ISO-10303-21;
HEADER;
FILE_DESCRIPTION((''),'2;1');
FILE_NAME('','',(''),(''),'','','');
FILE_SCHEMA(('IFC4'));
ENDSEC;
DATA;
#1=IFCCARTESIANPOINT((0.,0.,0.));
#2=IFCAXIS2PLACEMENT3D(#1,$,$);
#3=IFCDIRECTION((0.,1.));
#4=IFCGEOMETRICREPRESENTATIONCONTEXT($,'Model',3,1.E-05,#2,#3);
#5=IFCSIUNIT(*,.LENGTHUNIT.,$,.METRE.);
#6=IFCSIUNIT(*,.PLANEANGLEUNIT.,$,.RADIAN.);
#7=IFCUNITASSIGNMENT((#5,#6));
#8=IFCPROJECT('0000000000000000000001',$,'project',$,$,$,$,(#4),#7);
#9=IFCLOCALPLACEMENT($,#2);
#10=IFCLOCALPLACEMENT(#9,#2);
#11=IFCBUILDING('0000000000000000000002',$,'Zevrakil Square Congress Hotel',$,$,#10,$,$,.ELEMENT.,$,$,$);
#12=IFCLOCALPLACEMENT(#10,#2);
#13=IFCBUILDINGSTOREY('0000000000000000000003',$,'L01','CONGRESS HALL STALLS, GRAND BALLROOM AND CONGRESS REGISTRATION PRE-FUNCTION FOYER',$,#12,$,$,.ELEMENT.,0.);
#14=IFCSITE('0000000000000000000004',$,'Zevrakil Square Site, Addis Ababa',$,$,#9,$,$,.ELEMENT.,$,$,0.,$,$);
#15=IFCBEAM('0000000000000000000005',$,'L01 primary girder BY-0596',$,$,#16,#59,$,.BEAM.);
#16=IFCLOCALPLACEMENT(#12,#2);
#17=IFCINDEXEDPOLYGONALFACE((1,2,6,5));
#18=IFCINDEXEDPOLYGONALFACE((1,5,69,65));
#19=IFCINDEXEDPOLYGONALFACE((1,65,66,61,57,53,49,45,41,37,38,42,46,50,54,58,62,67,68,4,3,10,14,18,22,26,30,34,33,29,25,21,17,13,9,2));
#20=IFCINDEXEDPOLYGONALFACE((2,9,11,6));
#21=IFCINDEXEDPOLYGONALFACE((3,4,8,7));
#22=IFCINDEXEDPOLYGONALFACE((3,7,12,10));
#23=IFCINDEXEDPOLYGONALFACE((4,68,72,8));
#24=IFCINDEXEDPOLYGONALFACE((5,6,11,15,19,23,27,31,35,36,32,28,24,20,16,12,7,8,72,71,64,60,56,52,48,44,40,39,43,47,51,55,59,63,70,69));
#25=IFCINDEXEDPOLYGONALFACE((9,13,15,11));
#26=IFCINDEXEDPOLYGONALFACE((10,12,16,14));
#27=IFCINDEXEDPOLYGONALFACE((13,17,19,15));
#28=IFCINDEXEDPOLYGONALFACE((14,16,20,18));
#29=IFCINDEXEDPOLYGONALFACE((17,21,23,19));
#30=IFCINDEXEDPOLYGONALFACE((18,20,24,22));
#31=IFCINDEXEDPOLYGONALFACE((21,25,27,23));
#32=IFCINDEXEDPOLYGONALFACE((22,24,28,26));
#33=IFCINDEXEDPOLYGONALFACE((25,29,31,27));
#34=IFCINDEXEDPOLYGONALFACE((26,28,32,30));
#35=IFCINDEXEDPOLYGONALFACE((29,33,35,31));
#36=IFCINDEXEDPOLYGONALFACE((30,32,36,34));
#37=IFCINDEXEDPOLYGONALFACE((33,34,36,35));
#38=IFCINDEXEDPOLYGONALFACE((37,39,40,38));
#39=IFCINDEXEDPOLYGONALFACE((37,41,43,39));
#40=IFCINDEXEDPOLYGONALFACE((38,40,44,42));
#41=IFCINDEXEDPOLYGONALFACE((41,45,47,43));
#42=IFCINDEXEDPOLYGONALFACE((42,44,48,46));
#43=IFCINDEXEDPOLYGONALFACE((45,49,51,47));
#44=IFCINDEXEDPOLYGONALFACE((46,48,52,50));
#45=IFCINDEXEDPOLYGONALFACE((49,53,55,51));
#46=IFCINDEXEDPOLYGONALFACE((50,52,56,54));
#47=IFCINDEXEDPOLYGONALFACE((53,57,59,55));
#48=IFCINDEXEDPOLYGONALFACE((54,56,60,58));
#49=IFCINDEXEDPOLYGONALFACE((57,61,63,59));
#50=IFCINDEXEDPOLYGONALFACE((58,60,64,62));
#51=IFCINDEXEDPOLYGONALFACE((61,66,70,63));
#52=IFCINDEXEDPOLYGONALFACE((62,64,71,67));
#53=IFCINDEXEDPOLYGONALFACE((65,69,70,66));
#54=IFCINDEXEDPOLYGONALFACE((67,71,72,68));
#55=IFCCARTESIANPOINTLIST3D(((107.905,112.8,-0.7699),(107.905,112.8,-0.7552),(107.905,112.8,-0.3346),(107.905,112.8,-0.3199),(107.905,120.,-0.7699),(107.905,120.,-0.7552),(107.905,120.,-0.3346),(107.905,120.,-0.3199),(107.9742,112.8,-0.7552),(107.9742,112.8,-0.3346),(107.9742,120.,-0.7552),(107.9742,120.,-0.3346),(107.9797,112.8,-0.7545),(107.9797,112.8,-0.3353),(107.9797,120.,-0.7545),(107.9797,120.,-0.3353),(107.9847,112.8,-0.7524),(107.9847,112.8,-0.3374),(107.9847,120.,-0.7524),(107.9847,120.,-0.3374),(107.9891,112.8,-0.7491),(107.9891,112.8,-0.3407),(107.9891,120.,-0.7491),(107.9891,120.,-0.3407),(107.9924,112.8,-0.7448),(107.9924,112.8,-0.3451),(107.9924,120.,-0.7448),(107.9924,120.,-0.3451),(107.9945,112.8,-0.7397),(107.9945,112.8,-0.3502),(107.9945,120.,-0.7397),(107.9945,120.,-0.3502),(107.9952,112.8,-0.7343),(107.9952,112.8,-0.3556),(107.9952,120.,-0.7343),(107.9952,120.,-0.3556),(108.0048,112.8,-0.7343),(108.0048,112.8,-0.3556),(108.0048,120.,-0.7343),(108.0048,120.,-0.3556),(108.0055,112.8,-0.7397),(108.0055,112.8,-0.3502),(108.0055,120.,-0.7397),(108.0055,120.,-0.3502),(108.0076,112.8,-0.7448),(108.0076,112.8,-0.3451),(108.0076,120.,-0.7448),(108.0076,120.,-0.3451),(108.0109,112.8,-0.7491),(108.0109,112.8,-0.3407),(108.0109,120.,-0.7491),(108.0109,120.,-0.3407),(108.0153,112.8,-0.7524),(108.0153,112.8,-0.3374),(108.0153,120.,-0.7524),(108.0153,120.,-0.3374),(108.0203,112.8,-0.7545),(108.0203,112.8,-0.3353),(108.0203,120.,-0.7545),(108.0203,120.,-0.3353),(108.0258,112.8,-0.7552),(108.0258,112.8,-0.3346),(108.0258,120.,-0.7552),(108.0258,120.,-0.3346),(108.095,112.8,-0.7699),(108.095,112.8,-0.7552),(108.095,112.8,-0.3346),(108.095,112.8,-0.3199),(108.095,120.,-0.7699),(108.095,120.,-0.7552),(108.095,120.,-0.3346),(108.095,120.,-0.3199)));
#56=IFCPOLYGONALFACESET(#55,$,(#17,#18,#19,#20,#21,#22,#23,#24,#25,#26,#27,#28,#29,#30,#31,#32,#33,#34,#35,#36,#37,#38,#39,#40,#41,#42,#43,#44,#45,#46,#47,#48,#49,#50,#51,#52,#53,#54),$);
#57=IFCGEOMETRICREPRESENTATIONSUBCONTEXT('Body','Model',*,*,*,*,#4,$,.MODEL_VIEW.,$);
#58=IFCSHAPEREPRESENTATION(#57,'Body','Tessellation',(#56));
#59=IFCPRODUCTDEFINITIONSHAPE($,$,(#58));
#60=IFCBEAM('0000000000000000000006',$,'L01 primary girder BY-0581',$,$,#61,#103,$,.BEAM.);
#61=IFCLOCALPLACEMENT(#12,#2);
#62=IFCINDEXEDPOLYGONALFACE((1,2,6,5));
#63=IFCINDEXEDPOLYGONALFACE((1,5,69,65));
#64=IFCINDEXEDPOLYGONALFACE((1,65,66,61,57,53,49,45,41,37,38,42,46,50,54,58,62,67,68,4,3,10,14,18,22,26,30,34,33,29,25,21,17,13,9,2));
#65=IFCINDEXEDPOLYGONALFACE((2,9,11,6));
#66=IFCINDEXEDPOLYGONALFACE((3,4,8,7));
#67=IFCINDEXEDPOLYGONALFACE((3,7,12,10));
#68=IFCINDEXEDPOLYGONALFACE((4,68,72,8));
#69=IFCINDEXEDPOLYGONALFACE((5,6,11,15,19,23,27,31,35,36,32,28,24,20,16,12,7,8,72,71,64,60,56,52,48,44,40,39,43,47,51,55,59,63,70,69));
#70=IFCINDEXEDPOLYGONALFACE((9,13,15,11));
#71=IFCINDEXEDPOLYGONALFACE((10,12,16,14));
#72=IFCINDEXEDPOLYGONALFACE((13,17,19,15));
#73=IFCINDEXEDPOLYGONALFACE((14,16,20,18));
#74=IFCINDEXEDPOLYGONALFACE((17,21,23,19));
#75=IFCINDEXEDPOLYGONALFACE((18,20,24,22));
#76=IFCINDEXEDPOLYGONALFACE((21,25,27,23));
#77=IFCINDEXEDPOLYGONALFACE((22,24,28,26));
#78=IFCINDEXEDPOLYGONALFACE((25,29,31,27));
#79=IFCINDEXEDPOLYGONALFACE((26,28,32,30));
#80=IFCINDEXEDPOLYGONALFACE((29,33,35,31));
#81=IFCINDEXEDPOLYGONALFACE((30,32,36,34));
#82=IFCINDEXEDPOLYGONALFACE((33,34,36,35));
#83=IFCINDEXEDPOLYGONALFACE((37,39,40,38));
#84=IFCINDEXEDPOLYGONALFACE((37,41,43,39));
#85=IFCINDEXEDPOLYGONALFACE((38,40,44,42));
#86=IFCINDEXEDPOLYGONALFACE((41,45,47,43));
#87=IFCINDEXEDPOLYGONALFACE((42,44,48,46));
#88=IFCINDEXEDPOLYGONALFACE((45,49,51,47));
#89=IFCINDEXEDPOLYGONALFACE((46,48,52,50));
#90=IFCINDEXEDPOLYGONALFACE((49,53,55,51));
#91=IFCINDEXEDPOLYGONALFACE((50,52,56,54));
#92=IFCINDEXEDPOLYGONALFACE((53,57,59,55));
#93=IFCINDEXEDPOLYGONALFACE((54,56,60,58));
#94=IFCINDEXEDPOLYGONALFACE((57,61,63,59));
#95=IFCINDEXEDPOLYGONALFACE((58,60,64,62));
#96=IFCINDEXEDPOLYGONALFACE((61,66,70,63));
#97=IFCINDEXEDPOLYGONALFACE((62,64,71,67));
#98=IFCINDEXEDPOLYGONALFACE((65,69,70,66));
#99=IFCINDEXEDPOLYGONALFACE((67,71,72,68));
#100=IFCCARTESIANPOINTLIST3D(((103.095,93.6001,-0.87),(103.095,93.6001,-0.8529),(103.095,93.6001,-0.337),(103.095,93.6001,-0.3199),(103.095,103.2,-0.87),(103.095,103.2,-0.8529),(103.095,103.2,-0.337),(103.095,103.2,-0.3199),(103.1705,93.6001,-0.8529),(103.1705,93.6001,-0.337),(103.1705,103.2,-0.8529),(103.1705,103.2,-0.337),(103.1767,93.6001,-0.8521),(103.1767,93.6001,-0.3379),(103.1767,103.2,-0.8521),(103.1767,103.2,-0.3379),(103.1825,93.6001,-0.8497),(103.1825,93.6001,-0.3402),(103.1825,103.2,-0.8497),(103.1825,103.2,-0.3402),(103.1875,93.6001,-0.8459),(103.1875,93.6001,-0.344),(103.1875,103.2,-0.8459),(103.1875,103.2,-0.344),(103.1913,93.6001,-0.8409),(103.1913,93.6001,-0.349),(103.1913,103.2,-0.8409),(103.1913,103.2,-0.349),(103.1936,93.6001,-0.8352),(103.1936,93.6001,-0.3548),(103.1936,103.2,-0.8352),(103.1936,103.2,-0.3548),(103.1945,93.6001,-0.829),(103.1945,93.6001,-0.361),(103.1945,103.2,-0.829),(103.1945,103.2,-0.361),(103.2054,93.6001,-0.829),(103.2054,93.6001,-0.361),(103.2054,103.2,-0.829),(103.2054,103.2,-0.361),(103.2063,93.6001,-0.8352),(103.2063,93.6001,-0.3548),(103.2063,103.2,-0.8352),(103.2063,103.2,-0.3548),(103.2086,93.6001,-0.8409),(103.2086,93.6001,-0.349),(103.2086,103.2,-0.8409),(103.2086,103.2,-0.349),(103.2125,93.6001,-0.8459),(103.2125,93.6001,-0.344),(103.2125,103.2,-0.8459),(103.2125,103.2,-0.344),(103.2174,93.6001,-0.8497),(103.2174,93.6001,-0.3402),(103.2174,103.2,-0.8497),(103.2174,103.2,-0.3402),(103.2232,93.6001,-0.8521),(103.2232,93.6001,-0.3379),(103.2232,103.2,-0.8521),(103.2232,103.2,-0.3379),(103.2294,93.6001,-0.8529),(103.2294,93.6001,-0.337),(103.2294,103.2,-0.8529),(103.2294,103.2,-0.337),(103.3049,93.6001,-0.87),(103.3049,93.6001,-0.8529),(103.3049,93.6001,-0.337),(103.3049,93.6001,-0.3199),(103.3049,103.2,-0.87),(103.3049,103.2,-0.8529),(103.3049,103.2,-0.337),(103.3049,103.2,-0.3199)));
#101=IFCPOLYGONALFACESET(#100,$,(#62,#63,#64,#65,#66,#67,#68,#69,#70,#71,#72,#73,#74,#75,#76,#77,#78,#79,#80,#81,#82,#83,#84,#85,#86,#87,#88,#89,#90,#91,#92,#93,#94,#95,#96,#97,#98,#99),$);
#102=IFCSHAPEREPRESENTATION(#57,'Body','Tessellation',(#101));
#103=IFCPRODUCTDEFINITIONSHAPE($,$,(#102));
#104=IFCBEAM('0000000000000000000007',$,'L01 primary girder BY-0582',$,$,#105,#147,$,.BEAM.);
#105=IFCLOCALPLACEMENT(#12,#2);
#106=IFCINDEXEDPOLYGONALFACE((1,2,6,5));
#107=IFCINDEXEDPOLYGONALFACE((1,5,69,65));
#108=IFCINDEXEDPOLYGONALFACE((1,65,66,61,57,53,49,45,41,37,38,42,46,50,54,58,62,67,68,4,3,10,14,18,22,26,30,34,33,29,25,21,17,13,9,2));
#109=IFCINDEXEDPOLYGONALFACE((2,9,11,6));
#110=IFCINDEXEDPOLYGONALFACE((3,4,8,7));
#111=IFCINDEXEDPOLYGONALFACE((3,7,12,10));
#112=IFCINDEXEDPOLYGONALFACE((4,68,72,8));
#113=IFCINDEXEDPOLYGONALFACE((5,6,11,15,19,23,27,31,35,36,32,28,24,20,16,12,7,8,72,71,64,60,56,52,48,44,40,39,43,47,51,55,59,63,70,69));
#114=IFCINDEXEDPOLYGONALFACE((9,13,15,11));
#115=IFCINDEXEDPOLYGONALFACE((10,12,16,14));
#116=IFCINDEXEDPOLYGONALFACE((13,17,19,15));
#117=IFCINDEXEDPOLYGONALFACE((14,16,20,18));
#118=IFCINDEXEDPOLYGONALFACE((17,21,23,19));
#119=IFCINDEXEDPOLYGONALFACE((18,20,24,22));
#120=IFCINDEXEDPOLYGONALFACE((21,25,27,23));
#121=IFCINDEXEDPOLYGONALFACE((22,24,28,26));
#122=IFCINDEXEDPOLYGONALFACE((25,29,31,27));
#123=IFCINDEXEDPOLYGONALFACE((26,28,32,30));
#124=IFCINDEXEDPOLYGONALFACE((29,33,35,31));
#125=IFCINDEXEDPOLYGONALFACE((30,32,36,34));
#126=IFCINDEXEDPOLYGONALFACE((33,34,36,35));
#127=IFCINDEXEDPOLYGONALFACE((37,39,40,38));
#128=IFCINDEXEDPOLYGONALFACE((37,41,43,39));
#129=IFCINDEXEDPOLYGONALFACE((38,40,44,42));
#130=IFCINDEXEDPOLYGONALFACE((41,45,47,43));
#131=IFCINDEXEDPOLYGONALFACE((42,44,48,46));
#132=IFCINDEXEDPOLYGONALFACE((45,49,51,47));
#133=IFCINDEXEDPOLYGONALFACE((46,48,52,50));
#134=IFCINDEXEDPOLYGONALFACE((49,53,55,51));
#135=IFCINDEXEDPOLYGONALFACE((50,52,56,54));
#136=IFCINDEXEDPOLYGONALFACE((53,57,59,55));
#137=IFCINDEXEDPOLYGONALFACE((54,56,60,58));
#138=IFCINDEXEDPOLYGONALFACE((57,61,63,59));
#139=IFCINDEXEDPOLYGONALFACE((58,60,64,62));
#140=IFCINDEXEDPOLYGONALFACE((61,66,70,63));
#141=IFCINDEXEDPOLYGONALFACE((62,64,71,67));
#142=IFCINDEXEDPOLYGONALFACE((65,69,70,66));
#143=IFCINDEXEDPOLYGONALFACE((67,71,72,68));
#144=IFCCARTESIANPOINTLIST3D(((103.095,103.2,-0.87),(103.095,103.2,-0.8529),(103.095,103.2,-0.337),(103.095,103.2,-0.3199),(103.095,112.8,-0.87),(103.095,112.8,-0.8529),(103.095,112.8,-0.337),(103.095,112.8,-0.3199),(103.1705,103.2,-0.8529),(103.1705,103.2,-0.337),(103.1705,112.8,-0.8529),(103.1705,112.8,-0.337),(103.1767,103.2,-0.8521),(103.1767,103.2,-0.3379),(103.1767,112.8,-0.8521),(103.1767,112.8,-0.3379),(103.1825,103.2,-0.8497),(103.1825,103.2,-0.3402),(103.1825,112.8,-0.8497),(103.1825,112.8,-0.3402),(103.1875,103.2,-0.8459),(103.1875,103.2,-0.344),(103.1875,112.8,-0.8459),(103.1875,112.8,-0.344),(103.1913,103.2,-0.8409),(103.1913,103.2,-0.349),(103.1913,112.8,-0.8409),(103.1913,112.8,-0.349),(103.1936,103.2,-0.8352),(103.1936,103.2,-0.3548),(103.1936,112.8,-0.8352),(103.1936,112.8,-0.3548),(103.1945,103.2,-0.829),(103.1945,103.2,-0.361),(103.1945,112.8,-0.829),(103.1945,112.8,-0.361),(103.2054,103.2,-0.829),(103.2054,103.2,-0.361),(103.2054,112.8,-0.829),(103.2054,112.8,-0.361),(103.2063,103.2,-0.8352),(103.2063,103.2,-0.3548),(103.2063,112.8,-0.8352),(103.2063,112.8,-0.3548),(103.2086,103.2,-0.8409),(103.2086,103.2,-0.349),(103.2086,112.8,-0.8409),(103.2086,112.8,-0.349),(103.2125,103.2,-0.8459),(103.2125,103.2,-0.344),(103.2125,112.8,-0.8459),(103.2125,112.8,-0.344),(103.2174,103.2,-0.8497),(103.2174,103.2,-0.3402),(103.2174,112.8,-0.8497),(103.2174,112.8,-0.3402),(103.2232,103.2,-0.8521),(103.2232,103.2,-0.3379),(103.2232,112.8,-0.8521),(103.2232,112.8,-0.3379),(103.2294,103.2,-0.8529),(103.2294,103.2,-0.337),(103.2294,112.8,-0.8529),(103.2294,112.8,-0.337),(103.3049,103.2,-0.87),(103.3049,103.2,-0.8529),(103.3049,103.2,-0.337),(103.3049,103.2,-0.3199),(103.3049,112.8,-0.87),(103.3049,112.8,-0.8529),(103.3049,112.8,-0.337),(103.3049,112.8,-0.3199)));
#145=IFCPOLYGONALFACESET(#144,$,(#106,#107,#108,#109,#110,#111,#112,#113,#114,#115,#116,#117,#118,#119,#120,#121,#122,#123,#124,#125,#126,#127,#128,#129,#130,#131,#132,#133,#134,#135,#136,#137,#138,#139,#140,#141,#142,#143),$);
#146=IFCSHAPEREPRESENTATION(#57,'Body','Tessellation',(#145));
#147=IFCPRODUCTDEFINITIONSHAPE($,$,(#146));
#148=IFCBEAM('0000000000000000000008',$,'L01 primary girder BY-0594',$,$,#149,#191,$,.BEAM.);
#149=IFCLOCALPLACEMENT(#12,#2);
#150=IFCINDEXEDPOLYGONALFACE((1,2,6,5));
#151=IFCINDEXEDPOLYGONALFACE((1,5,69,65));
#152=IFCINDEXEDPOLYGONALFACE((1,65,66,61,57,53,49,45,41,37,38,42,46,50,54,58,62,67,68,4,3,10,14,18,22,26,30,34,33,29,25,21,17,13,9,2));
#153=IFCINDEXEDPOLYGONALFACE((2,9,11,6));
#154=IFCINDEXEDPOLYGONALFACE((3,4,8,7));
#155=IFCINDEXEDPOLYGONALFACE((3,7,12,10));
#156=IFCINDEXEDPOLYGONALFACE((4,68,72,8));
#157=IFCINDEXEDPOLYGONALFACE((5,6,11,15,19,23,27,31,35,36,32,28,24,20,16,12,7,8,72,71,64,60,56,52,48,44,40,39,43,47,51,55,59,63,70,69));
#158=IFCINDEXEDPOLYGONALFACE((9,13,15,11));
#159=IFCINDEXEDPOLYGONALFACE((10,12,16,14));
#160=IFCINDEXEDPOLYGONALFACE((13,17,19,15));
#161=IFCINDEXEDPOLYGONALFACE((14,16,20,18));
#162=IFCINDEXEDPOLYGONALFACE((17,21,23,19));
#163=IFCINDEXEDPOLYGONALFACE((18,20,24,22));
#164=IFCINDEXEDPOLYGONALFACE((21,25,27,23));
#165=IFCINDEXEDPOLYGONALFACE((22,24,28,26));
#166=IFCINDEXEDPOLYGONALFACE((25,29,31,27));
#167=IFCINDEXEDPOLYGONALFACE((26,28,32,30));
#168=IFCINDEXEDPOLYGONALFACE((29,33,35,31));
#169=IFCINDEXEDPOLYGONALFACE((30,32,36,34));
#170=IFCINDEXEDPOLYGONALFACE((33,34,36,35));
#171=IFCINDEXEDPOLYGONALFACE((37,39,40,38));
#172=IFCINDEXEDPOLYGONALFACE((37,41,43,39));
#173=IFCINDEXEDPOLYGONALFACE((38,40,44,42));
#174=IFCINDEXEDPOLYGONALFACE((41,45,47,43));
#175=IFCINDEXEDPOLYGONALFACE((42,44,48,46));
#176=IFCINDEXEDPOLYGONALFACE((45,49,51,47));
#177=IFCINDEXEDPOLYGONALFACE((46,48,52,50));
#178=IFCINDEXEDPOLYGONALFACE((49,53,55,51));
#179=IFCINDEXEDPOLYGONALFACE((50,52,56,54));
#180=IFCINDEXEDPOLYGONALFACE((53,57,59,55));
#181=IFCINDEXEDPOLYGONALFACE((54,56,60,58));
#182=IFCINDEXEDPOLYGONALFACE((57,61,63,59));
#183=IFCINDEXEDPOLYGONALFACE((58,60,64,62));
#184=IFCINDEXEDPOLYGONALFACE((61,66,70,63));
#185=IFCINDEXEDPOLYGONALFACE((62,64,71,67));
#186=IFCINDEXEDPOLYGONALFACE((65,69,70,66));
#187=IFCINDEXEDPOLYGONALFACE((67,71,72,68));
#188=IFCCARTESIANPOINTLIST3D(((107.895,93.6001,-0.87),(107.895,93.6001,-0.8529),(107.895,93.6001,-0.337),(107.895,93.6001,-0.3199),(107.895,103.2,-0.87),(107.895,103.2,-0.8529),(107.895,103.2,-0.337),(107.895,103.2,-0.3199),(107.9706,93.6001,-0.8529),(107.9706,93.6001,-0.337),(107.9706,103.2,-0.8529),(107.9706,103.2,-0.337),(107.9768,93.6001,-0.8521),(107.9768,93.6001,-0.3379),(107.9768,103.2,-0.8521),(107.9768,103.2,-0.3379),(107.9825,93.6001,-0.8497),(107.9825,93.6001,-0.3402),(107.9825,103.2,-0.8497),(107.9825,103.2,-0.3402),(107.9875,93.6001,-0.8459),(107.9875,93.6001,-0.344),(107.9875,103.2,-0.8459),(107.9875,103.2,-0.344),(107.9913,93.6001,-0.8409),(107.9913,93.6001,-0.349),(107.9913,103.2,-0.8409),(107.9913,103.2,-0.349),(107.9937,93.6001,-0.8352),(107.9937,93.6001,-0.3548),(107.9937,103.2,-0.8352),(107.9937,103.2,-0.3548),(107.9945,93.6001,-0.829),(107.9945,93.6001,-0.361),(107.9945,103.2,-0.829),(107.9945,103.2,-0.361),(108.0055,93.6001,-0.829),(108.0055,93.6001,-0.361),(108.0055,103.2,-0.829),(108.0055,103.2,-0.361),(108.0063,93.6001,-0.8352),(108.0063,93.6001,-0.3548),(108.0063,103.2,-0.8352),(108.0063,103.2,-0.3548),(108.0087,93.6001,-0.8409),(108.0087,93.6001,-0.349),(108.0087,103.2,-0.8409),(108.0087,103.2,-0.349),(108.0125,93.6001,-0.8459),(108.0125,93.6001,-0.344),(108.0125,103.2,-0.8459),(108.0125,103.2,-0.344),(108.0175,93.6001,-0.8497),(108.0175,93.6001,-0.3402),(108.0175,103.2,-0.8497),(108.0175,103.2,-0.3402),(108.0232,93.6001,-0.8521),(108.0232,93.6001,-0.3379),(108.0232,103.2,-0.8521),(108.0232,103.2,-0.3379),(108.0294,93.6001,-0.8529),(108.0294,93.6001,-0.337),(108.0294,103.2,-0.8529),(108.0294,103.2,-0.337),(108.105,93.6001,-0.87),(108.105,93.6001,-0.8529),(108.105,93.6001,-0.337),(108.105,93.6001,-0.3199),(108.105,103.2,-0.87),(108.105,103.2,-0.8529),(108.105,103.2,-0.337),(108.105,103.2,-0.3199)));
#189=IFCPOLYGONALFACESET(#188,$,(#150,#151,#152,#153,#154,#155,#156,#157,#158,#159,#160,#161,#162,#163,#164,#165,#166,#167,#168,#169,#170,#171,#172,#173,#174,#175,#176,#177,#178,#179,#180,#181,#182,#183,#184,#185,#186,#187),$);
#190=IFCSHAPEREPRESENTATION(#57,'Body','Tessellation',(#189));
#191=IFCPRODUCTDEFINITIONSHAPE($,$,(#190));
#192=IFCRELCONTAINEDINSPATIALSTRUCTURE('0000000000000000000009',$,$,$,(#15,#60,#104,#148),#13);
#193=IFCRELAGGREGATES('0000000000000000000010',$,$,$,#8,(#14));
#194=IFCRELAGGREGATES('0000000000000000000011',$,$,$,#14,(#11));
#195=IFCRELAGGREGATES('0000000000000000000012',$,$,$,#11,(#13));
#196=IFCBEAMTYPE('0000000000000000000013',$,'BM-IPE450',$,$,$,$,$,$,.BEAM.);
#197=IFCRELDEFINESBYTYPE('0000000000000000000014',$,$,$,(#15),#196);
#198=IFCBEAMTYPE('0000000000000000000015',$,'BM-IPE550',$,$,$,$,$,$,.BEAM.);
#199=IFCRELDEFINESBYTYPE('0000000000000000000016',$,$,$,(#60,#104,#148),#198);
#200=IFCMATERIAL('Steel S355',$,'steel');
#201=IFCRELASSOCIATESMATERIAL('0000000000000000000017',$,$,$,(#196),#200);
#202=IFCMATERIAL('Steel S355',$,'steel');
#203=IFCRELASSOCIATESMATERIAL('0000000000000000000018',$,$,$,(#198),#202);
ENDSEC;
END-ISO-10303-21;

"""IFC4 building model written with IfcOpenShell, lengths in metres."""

from ifc_helpers import new_model, si_unit, direction, frame, origin, origin_2d, place, context, subcontext, project, spatial, i_section, extrude, material, material_profile, profile_set, type_object, element, save


model = new_model("IFC4")

# Units and contexts
model_context = context("Model", 3, precision=1e-05, world=origin(), true_north=direction((0.0, 1.0)))
body_context = subcontext(model_context, "Body", "Model", "MODEL_VIEW")
ifc_project = project(units=[si_unit("LENGTHUNIT", "METRE"), si_unit("PLANEANGLEUNIT", "RADIAN")], contexts=[model_context])

# Site, building, storey
site_placement = place(None, origin())
site = spatial("IfcSite", under=ifc_project, at=site_placement, Name="Zevrakil Square Site, Addis Ababa", CompositionType="ELEMENT", RefElevation=0.0)
building_placement = place(site_placement, origin())
building = spatial("IfcBuilding", under=site, at=building_placement, Name="Zevrakil Square Congress Hotel", CompositionType="ELEMENT")
storey_placement = place(building_placement, origin())
storey = spatial("IfcBuildingStorey", under=building, at=storey_placement, Name="L01", Description="CONGRESS HALL STALLS, GRAND BALLROOM AND CONGRESS REGISTRATION PRE-FUNCTION FOYER", CompositionType="ELEMENT", Elevation=0.0)

# Beams
ifc_material_1 = material(Name="Steel S355", Category="steel")
ifc_material_profile_1 = material_profile(ifc_material_1, i_section(OverallWidth=0.1899, OverallDepth=0.45, WebThickness=0.0095, FlangeThickness=0.0146, FilletRadius=0.021, at=origin_2d()), Name="IPE 450")
ifc_profile_set_1 = profile_set([ifc_material_profile_1], Name="Steel S355")
beam_type_1 = type_object("IfcBeamType", Name="BM-IPE450", PredefinedType="BEAM", material=ifc_profile_set_1)
for number, where, z_axis, x_axis, name in (
    (1, (108.0, 112.8, -0.5449), (0.0, 1.0, 0.0), (-1.0, 0.0, 0.0), "L01 primary girder BY-0596"),
):
    element("IfcBeam", number, at=place(storey_placement, frame(where, z_axis=z_axis, x_axis=x_axis)), inside=storey, type_object=beam_type_1, Name=name, PredefinedType="BEAM", context=body_context, shape_type="SweptSolid", body=[
        extrude(i_section(OverallWidth=0.1899, OverallDepth=0.45, WebThickness=0.0095, FlangeThickness=0.0146, FilletRadius=0.021, at=origin_2d()), origin(), (0.0, 0.0, 1.0), 7.2),
    ])
ifc_material_2 = material(Name="Steel S355", Category="steel")
ifc_material_profile_2 = material_profile(ifc_material_2, i_section(OverallWidth=0.21, OverallDepth=0.55, WebThickness=0.011, FlangeThickness=0.0171, FilletRadius=0.0239, at=origin_2d()), Name="IPE 550")
ifc_profile_set_2 = profile_set([ifc_material_profile_2], Name="Steel S355")
beam_type_2 = type_object("IfcBeamType", Name="BM-IPE550", PredefinedType="BEAM", material=ifc_profile_set_2)
beam_1_placement = place(storey_placement, frame((103.2, 93.6001, -0.595), z_axis=(0.0, 1.0, 0.0), x_axis=(-1.0, 0.0, 0.0)))
element("IfcBeam", 2, at=beam_1_placement, inside=storey, type_object=beam_type_2, Name="L01 primary girder BY-0581", PredefinedType="BEAM", context=body_context, shape_type="SweptSolid", body=[
    extrude(i_section(OverallWidth=0.21, OverallDepth=0.55, WebThickness=0.011, FlangeThickness=0.0171, FilletRadius=0.0239, at=origin_2d()), origin(), (0.0, 0.0, 1.0), 9.5999),
])
beam_2_placement = place(storey_placement, frame((103.2, 103.2, -0.595), z_axis=(0.0, 1.0, 0.0), x_axis=(-1.0, 0.0, 0.0)))
element("IfcBeam", 3, at=beam_2_placement, inside=storey, type_object=beam_type_2, Name="L01 primary girder BY-0582", PredefinedType="BEAM", context=body_context, shape_type="SweptSolid", body=[
    extrude(i_section(OverallWidth=0.21, OverallDepth=0.55, WebThickness=0.011, FlangeThickness=0.0171, FilletRadius=0.0239, at=origin_2d()), origin(), (0.0, 0.0, 1.0), 9.6001),
])
beam_3_placement = place(storey_placement, frame((108.0, 93.6001, -0.595), z_axis=(0.0, 1.0, 0.0), x_axis=(-1.0, 0.0, 0.0)))
element("IfcBeam", 4, at=beam_3_placement, inside=storey, type_object=beam_type_2, Name="L01 primary girder BY-0594", PredefinedType="BEAM", context=body_context, shape_type="SweptSolid", body=[
    extrude(i_section(OverallWidth=0.21, OverallDepth=0.55, WebThickness=0.011, FlangeThickness=0.0171, FilletRadius=0.0239, at=origin_2d()), origin(), (0.0, 0.0, 1.0), 9.5999),
])

save(model, "model.ifc")
